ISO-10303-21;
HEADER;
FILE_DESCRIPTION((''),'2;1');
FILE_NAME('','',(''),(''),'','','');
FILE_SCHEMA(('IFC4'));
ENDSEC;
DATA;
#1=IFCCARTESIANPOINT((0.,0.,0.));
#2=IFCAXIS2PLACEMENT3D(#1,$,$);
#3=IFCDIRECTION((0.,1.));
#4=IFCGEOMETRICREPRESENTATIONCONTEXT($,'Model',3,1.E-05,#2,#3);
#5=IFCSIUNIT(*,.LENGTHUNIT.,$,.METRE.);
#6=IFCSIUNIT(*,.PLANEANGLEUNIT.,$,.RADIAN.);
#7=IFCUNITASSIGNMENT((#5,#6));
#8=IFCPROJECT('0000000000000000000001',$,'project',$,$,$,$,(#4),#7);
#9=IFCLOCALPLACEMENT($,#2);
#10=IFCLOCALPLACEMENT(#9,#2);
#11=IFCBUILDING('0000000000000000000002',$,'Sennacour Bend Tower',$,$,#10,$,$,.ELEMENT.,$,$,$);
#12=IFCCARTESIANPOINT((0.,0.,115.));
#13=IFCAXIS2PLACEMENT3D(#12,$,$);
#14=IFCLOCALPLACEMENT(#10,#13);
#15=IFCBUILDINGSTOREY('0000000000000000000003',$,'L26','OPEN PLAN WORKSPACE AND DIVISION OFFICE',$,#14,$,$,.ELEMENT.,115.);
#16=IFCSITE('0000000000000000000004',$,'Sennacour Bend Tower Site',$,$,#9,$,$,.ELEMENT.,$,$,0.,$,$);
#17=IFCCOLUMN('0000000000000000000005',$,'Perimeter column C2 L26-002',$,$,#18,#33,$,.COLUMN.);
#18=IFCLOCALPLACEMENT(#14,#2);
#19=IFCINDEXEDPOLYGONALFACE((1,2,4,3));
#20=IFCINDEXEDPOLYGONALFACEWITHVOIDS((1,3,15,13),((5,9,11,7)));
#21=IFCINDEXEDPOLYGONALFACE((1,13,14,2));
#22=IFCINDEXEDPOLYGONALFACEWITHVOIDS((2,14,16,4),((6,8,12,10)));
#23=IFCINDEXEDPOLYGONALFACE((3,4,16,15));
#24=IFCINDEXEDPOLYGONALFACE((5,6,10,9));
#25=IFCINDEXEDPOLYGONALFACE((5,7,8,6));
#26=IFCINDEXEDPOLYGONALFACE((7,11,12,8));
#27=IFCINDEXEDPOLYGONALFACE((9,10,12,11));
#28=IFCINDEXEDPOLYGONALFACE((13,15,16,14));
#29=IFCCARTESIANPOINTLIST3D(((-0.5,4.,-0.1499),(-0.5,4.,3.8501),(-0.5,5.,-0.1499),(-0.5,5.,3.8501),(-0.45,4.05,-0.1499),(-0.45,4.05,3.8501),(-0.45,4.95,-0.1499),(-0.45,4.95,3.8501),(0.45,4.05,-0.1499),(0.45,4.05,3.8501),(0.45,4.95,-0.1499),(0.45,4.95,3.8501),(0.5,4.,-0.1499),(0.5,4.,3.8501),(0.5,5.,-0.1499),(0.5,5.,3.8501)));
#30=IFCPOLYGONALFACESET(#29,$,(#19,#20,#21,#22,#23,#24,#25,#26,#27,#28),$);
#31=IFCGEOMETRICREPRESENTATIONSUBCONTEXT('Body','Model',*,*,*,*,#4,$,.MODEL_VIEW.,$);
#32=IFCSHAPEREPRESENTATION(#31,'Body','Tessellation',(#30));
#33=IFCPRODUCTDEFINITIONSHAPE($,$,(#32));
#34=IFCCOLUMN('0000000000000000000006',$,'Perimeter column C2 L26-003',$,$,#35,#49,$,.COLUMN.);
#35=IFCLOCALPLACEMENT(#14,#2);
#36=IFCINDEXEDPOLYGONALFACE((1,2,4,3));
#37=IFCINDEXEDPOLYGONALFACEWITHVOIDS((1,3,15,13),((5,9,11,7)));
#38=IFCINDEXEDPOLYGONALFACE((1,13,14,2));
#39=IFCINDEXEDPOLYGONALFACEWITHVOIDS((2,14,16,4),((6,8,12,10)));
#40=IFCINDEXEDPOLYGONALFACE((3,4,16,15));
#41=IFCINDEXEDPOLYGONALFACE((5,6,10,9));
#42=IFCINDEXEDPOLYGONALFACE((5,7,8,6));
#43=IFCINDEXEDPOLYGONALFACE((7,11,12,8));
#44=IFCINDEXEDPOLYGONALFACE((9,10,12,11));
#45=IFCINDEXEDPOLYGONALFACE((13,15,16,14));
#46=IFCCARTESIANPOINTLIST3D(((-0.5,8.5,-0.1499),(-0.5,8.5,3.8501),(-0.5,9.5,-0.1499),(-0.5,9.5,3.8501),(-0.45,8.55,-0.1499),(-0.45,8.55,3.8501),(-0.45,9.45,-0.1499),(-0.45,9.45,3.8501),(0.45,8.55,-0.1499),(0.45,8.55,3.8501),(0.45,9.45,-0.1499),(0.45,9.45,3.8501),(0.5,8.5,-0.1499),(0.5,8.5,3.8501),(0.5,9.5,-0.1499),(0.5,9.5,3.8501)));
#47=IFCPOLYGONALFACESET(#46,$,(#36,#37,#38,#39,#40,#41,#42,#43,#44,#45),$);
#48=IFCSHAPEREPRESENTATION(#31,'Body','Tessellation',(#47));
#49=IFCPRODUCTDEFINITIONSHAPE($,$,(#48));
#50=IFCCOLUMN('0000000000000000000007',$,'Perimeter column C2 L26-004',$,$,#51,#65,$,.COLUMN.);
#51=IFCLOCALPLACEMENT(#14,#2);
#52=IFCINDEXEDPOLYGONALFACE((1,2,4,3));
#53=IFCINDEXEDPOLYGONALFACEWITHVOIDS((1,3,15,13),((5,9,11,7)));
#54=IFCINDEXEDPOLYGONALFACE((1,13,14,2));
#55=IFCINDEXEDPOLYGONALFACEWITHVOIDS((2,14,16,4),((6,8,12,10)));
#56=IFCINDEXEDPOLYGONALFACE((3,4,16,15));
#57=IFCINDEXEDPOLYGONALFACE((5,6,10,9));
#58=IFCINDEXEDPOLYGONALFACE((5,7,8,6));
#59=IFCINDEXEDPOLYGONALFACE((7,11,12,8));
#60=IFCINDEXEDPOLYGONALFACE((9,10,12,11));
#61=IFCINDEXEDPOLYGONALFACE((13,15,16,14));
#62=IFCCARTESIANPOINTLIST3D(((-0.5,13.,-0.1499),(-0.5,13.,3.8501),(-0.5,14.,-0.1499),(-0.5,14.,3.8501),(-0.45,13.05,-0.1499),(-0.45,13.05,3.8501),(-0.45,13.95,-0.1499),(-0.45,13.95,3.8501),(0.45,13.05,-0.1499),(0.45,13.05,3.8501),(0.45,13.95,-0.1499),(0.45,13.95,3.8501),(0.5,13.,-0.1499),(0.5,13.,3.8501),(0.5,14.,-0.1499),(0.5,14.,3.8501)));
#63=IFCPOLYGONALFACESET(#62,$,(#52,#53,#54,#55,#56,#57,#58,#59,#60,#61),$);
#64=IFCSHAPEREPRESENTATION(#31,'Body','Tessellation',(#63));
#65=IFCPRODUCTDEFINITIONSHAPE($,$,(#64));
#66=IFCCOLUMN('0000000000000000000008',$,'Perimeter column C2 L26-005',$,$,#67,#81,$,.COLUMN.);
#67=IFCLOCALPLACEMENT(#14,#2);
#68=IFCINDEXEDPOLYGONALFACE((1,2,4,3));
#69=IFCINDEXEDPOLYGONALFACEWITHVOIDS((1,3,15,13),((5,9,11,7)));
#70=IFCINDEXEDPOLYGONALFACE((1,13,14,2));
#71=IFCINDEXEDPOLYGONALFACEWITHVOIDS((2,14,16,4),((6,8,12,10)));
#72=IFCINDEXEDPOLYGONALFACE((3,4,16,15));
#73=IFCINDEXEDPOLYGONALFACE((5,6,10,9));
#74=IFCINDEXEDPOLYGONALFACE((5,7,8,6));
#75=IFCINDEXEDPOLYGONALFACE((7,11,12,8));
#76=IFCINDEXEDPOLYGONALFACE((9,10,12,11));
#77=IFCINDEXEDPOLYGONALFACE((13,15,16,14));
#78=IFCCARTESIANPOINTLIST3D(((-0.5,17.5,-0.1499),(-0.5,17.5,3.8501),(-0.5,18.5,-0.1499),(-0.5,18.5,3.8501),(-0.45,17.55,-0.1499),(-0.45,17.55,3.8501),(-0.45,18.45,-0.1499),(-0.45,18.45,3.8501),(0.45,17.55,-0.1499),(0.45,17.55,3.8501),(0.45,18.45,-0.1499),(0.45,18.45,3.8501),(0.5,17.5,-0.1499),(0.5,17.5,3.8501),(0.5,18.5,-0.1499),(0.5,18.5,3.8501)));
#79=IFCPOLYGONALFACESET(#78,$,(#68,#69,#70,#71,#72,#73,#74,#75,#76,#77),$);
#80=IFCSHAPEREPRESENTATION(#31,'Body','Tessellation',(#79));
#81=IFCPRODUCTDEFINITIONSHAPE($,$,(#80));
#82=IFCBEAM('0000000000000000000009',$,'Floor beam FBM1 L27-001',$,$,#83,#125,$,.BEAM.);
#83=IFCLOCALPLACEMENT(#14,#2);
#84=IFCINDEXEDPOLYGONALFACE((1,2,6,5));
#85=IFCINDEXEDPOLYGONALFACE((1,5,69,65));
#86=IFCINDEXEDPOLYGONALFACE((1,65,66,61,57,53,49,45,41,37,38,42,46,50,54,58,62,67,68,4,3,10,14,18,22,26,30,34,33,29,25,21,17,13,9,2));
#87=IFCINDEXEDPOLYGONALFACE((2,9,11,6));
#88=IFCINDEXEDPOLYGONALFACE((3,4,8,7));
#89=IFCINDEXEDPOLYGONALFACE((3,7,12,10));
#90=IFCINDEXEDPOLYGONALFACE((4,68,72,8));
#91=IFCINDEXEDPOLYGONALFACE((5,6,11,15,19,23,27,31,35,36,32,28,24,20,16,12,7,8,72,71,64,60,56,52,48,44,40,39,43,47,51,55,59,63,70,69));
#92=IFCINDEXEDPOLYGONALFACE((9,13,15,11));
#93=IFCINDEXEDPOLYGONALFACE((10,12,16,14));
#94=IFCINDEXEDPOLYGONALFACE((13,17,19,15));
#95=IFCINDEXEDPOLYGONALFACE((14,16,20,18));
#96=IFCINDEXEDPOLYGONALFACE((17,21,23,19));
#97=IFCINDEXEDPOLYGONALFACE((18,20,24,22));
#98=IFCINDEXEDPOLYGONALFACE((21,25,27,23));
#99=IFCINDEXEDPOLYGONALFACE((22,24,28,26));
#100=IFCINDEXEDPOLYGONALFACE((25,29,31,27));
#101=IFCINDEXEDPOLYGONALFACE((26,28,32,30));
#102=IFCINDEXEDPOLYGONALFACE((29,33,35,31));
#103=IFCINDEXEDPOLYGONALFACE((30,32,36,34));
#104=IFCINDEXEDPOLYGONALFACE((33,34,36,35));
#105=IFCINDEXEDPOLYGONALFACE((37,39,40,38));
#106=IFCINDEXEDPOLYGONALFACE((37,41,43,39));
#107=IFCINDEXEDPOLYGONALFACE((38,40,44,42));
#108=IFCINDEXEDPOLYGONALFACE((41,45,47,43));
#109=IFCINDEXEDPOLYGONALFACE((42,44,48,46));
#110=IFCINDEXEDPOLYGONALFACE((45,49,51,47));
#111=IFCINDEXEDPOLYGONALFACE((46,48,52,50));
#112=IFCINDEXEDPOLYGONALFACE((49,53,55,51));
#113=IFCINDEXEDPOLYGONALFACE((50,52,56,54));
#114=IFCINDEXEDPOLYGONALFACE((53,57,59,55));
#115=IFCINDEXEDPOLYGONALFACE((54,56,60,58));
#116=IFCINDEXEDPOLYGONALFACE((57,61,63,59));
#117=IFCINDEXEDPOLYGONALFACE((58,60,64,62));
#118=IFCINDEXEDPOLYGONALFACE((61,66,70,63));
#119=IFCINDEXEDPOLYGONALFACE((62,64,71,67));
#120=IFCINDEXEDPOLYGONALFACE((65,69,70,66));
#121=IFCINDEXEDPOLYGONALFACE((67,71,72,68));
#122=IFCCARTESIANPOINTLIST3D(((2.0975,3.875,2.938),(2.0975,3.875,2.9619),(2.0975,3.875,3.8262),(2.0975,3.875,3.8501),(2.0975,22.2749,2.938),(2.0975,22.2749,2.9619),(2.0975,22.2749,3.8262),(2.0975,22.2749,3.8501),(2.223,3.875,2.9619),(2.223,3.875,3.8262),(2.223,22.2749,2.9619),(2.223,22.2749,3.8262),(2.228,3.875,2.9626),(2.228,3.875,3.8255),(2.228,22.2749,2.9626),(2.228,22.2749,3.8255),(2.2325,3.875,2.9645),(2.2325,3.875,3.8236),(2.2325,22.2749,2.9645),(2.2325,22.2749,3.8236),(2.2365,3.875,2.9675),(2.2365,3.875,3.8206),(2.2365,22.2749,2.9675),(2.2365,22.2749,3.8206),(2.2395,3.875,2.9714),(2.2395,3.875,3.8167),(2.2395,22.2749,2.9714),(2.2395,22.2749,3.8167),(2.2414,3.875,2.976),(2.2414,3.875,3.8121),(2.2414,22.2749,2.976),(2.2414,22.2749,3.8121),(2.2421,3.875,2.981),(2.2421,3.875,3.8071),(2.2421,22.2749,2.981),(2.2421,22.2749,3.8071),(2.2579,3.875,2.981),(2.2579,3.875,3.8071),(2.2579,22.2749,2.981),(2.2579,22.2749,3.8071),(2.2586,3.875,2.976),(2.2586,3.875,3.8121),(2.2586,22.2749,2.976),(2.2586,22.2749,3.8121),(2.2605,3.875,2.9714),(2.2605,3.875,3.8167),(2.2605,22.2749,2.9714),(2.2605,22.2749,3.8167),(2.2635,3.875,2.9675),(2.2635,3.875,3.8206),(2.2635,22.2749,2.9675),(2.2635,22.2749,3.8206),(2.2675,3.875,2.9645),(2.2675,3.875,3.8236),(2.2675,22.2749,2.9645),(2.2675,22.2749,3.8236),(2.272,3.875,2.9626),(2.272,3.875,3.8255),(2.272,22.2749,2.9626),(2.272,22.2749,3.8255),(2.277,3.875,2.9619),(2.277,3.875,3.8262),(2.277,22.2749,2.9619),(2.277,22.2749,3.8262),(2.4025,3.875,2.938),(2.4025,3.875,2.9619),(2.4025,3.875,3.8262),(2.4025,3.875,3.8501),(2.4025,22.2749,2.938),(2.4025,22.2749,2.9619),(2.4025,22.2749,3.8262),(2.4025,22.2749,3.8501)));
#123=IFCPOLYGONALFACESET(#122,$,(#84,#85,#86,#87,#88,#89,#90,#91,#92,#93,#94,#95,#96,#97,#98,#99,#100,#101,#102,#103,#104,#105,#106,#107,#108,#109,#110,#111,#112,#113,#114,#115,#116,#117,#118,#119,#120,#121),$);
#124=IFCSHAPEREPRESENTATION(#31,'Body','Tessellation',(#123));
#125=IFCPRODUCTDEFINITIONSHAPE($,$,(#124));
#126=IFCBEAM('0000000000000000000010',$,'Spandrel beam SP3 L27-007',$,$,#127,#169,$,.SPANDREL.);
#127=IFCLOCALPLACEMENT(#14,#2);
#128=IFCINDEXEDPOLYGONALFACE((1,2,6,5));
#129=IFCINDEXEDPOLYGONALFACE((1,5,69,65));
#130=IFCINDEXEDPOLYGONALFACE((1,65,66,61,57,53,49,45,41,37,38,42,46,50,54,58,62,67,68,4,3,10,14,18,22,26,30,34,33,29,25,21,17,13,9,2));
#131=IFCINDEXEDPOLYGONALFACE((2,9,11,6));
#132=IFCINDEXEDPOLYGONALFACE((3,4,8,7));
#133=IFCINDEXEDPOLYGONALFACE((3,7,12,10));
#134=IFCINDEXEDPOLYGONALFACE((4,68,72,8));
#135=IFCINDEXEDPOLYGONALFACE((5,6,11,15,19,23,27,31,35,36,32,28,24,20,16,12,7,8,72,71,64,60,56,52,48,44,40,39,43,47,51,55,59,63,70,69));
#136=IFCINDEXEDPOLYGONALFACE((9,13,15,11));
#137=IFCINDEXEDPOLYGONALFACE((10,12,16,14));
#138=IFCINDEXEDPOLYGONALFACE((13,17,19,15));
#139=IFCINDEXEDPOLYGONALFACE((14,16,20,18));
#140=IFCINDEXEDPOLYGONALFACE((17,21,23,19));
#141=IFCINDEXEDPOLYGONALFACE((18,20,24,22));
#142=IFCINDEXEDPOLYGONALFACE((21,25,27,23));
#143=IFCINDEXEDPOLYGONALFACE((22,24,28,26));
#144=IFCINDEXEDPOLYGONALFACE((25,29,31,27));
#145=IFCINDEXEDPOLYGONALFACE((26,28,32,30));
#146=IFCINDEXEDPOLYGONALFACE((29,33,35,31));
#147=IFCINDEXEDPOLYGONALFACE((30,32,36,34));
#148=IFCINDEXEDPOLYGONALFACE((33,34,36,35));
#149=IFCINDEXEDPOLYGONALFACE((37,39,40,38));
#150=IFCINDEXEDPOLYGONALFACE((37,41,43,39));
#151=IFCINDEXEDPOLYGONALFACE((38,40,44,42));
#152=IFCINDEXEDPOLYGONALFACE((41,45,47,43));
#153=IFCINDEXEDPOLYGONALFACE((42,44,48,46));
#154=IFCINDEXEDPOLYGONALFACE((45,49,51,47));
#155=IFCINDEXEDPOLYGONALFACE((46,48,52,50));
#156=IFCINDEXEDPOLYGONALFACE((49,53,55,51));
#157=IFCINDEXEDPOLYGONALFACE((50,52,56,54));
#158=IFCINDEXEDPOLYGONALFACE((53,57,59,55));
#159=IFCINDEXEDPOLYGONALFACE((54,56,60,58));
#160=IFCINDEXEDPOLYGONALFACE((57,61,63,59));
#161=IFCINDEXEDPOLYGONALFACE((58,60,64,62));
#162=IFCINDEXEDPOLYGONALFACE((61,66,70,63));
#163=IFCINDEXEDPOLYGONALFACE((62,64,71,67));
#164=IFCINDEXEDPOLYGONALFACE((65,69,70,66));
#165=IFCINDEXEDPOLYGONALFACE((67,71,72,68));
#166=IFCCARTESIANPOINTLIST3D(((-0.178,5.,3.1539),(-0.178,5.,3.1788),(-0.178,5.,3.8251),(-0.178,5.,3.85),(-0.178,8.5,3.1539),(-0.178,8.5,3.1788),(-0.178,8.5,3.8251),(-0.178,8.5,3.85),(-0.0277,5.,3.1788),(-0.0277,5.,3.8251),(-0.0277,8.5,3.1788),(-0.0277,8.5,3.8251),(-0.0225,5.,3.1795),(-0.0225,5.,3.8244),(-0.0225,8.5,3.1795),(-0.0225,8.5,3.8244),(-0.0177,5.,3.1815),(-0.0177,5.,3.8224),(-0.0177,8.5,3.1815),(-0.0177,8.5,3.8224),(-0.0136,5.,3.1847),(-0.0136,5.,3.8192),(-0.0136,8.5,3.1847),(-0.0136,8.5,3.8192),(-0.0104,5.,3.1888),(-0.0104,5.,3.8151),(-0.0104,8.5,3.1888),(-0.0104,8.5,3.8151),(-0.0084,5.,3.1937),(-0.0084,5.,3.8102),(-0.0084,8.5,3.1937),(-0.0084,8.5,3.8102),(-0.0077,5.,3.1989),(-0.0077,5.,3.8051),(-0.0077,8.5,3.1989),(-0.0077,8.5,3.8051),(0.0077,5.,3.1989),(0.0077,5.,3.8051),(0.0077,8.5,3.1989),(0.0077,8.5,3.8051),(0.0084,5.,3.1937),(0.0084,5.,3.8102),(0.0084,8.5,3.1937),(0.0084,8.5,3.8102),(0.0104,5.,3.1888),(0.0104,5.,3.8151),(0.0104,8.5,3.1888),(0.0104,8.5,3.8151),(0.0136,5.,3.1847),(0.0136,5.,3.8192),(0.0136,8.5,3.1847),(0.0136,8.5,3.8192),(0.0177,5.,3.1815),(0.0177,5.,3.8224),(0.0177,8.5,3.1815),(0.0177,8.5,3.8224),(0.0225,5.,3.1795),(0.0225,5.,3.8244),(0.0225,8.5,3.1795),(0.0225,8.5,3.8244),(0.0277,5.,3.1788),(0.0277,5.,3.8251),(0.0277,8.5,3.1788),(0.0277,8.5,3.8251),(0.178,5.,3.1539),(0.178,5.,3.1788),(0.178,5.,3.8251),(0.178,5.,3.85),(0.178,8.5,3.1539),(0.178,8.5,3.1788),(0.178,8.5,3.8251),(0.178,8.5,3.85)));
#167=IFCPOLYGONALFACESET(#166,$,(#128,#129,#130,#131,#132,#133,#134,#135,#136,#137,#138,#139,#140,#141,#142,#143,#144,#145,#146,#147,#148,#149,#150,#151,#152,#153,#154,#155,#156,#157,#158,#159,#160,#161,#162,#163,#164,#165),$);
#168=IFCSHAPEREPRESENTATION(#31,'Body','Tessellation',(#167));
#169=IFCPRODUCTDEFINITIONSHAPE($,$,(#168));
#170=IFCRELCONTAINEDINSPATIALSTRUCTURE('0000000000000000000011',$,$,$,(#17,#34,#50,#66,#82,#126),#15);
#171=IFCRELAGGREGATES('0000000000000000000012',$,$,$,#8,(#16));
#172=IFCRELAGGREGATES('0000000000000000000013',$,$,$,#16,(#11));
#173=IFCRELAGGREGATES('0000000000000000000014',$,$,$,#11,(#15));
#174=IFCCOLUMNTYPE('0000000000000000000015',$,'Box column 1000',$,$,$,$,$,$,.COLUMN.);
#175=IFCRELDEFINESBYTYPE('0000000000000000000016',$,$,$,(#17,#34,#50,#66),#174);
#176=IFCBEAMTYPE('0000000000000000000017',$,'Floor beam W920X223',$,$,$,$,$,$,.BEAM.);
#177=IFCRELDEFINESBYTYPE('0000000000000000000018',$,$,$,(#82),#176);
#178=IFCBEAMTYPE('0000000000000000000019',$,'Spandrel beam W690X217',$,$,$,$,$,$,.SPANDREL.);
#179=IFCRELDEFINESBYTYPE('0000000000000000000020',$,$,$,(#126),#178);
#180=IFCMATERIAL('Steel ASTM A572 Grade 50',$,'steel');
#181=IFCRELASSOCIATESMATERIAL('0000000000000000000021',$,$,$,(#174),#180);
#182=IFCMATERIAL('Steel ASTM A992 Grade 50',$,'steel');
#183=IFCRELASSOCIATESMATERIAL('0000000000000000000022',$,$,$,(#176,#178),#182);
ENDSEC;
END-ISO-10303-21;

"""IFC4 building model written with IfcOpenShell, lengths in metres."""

from ifc_helpers import new_model, si_unit, direction, frame, origin, origin_2d, place, context, subcontext, project, spatial, hollow_rectangle, i_section, extrude, material, material_profile, profile_set, type_object, element, save


model = new_model("IFC4")

# Units and contexts
model_context = context("Model", 3, precision=1e-05, world=origin(), true_north=direction((0.0, 1.0)))
body_context = subcontext(model_context, "Body", "Model", "MODEL_VIEW")
ifc_project = project(units=[si_unit("LENGTHUNIT", "METRE"), si_unit("PLANEANGLEUNIT", "RADIAN")], contexts=[model_context])

# Site, building, storey
site_placement = place(None, origin())
site = spatial("IfcSite", under=ifc_project, at=site_placement, Name="Sennacour Bend Tower Site", CompositionType="ELEMENT", RefElevation=0.0)
building_placement = place(site_placement, origin())
building = spatial("IfcBuilding", under=site, at=building_placement, Name="Sennacour Bend Tower", CompositionType="ELEMENT")
storey_placement = place(building_placement, frame((0.0, 0.0, 115.0)))
storey = spatial("IfcBuildingStorey", under=building, at=storey_placement, Name="L26", Description="OPEN PLAN WORKSPACE AND DIVISION OFFICE", CompositionType="ELEMENT", Elevation=115.0)

# Columns
ifc_material_1 = material(Name="Steel ASTM A572 Grade 50", Category="steel")
ifc_material_profile_1 = material_profile(ifc_material_1, hollow_rectangle(XDim=1.0, YDim=1.0, WallThickness=0.05, at=origin_2d()), Name="Steel ASTM A572 Grade 50", Category="steel")
ifc_profile_set_1 = profile_set([ifc_material_profile_1], Name="Steel ASTM A572 Grade 50")
column_type = type_object("IfcColumnType", Name="Box column 1000", PredefinedType="COLUMN", material=ifc_profile_set_1)
for number, where, z_axis, x_axis, name in (
    (1, (0.0, 4.5, -0.1499), (0.0, 0.0, 1.0), (1.0, 0.0, 0.0), "Perimeter column C2 L26-002"),
    (2, (0.0, 9.0, -0.1499), (0.0, 0.0, 1.0), (1.0, 0.0, 0.0), "Perimeter column C2 L26-003"),
    (3, (0.0, 13.5, -0.1499), (0.0, 0.0, 1.0), (1.0, 0.0, 0.0), "Perimeter column C2 L26-004"),
    (4, (0.0, 18.0, -0.1499), (0.0, 0.0, 1.0), (1.0, 0.0, 0.0), "Perimeter column C2 L26-005"),
):
    element("IfcColumn", number, at=place(storey_placement, frame(where, z_axis=z_axis, x_axis=x_axis)), inside=storey, type_object=column_type, Name=name, PredefinedType="COLUMN", context=body_context, shape_type="SweptSolid", body=[
        extrude(hollow_rectangle(XDim=1.0, YDim=1.0, WallThickness=0.05, at=origin_2d()), origin(), (0.0, 0.0, 1.0), 4.0),
    ])

# Beams
ifc_material_2 = material(Name="Steel ASTM A992 Grade 50", Category="steel")
ifc_material_profile_2 = material_profile(ifc_material_2, i_section(OverallWidth=0.3049, OverallDepth=0.9121, WebThickness=0.0159, FlangeThickness=0.0239, FilletRadius=0.019, at=origin_2d()), Name="Steel ASTM A992 Grade 50", Category="steel")
ifc_profile_set_2 = profile_set([ifc_material_profile_2], Name="Steel ASTM A992 Grade 50")
beam_type_1 = type_object("IfcBeamType", Name="Floor beam W920X223", PredefinedType="BEAM", material=ifc_profile_set_2)
beam_placement = place(storey_placement, frame((2.25, 3.875, 3.394), z_axis=(0.0, 1.0, 0.0), x_axis=(-1.0, 0.0, 0.0)))
element("IfcBeam", 5, at=beam_placement, inside=storey, type_object=beam_type_1, Name="Floor beam FBM1 L27-001", PredefinedType="BEAM", context=body_context, shape_type="SweptSolid", body=[
    extrude(i_section(OverallWidth=0.3049, OverallDepth=0.9121, WebThickness=0.0159, FlangeThickness=0.0239, FilletRadius=0.019, at=origin_2d()), origin(), (0.0, 0.0, 1.0), 18.3999),
])
ifc_material_profile_3 = material_profile(ifc_material_2, i_section(OverallWidth=0.356, OverallDepth=0.696, WebThickness=0.0154, FlangeThickness=0.0249, FilletRadius=0.02, at=origin_2d()), Name="Steel ASTM A992 Grade 50", Category="steel")
ifc_profile_set_3 = profile_set([ifc_material_profile_3], Name="Steel ASTM A992 Grade 50")
beam_type_2 = type_object("IfcBeamType", Name="Spandrel beam W690X217", PredefinedType="SPANDREL", material=ifc_profile_set_3)
for number, where, z_axis, x_axis, name in (
    (6, (0.0, 5.0, 3.502), (0.0, 1.0, 0.0), (-1.0, 0.0, 0.0), "Spandrel beam SP3 L27-007"),
):
    element("IfcBeam", number, at=place(storey_placement, frame(where, z_axis=z_axis, x_axis=x_axis)), inside=storey, type_object=beam_type_2, Name=name, PredefinedType="SPANDREL", context=body_context, shape_type="SweptSolid", body=[
        extrude(i_section(OverallWidth=0.356, OverallDepth=0.696, WebThickness=0.0154, FlangeThickness=0.0249, FilletRadius=0.02, at=origin_2d()), origin(), (0.0, 0.0, 1.0), 3.5),
    ])

save(model, "model.ifc")
